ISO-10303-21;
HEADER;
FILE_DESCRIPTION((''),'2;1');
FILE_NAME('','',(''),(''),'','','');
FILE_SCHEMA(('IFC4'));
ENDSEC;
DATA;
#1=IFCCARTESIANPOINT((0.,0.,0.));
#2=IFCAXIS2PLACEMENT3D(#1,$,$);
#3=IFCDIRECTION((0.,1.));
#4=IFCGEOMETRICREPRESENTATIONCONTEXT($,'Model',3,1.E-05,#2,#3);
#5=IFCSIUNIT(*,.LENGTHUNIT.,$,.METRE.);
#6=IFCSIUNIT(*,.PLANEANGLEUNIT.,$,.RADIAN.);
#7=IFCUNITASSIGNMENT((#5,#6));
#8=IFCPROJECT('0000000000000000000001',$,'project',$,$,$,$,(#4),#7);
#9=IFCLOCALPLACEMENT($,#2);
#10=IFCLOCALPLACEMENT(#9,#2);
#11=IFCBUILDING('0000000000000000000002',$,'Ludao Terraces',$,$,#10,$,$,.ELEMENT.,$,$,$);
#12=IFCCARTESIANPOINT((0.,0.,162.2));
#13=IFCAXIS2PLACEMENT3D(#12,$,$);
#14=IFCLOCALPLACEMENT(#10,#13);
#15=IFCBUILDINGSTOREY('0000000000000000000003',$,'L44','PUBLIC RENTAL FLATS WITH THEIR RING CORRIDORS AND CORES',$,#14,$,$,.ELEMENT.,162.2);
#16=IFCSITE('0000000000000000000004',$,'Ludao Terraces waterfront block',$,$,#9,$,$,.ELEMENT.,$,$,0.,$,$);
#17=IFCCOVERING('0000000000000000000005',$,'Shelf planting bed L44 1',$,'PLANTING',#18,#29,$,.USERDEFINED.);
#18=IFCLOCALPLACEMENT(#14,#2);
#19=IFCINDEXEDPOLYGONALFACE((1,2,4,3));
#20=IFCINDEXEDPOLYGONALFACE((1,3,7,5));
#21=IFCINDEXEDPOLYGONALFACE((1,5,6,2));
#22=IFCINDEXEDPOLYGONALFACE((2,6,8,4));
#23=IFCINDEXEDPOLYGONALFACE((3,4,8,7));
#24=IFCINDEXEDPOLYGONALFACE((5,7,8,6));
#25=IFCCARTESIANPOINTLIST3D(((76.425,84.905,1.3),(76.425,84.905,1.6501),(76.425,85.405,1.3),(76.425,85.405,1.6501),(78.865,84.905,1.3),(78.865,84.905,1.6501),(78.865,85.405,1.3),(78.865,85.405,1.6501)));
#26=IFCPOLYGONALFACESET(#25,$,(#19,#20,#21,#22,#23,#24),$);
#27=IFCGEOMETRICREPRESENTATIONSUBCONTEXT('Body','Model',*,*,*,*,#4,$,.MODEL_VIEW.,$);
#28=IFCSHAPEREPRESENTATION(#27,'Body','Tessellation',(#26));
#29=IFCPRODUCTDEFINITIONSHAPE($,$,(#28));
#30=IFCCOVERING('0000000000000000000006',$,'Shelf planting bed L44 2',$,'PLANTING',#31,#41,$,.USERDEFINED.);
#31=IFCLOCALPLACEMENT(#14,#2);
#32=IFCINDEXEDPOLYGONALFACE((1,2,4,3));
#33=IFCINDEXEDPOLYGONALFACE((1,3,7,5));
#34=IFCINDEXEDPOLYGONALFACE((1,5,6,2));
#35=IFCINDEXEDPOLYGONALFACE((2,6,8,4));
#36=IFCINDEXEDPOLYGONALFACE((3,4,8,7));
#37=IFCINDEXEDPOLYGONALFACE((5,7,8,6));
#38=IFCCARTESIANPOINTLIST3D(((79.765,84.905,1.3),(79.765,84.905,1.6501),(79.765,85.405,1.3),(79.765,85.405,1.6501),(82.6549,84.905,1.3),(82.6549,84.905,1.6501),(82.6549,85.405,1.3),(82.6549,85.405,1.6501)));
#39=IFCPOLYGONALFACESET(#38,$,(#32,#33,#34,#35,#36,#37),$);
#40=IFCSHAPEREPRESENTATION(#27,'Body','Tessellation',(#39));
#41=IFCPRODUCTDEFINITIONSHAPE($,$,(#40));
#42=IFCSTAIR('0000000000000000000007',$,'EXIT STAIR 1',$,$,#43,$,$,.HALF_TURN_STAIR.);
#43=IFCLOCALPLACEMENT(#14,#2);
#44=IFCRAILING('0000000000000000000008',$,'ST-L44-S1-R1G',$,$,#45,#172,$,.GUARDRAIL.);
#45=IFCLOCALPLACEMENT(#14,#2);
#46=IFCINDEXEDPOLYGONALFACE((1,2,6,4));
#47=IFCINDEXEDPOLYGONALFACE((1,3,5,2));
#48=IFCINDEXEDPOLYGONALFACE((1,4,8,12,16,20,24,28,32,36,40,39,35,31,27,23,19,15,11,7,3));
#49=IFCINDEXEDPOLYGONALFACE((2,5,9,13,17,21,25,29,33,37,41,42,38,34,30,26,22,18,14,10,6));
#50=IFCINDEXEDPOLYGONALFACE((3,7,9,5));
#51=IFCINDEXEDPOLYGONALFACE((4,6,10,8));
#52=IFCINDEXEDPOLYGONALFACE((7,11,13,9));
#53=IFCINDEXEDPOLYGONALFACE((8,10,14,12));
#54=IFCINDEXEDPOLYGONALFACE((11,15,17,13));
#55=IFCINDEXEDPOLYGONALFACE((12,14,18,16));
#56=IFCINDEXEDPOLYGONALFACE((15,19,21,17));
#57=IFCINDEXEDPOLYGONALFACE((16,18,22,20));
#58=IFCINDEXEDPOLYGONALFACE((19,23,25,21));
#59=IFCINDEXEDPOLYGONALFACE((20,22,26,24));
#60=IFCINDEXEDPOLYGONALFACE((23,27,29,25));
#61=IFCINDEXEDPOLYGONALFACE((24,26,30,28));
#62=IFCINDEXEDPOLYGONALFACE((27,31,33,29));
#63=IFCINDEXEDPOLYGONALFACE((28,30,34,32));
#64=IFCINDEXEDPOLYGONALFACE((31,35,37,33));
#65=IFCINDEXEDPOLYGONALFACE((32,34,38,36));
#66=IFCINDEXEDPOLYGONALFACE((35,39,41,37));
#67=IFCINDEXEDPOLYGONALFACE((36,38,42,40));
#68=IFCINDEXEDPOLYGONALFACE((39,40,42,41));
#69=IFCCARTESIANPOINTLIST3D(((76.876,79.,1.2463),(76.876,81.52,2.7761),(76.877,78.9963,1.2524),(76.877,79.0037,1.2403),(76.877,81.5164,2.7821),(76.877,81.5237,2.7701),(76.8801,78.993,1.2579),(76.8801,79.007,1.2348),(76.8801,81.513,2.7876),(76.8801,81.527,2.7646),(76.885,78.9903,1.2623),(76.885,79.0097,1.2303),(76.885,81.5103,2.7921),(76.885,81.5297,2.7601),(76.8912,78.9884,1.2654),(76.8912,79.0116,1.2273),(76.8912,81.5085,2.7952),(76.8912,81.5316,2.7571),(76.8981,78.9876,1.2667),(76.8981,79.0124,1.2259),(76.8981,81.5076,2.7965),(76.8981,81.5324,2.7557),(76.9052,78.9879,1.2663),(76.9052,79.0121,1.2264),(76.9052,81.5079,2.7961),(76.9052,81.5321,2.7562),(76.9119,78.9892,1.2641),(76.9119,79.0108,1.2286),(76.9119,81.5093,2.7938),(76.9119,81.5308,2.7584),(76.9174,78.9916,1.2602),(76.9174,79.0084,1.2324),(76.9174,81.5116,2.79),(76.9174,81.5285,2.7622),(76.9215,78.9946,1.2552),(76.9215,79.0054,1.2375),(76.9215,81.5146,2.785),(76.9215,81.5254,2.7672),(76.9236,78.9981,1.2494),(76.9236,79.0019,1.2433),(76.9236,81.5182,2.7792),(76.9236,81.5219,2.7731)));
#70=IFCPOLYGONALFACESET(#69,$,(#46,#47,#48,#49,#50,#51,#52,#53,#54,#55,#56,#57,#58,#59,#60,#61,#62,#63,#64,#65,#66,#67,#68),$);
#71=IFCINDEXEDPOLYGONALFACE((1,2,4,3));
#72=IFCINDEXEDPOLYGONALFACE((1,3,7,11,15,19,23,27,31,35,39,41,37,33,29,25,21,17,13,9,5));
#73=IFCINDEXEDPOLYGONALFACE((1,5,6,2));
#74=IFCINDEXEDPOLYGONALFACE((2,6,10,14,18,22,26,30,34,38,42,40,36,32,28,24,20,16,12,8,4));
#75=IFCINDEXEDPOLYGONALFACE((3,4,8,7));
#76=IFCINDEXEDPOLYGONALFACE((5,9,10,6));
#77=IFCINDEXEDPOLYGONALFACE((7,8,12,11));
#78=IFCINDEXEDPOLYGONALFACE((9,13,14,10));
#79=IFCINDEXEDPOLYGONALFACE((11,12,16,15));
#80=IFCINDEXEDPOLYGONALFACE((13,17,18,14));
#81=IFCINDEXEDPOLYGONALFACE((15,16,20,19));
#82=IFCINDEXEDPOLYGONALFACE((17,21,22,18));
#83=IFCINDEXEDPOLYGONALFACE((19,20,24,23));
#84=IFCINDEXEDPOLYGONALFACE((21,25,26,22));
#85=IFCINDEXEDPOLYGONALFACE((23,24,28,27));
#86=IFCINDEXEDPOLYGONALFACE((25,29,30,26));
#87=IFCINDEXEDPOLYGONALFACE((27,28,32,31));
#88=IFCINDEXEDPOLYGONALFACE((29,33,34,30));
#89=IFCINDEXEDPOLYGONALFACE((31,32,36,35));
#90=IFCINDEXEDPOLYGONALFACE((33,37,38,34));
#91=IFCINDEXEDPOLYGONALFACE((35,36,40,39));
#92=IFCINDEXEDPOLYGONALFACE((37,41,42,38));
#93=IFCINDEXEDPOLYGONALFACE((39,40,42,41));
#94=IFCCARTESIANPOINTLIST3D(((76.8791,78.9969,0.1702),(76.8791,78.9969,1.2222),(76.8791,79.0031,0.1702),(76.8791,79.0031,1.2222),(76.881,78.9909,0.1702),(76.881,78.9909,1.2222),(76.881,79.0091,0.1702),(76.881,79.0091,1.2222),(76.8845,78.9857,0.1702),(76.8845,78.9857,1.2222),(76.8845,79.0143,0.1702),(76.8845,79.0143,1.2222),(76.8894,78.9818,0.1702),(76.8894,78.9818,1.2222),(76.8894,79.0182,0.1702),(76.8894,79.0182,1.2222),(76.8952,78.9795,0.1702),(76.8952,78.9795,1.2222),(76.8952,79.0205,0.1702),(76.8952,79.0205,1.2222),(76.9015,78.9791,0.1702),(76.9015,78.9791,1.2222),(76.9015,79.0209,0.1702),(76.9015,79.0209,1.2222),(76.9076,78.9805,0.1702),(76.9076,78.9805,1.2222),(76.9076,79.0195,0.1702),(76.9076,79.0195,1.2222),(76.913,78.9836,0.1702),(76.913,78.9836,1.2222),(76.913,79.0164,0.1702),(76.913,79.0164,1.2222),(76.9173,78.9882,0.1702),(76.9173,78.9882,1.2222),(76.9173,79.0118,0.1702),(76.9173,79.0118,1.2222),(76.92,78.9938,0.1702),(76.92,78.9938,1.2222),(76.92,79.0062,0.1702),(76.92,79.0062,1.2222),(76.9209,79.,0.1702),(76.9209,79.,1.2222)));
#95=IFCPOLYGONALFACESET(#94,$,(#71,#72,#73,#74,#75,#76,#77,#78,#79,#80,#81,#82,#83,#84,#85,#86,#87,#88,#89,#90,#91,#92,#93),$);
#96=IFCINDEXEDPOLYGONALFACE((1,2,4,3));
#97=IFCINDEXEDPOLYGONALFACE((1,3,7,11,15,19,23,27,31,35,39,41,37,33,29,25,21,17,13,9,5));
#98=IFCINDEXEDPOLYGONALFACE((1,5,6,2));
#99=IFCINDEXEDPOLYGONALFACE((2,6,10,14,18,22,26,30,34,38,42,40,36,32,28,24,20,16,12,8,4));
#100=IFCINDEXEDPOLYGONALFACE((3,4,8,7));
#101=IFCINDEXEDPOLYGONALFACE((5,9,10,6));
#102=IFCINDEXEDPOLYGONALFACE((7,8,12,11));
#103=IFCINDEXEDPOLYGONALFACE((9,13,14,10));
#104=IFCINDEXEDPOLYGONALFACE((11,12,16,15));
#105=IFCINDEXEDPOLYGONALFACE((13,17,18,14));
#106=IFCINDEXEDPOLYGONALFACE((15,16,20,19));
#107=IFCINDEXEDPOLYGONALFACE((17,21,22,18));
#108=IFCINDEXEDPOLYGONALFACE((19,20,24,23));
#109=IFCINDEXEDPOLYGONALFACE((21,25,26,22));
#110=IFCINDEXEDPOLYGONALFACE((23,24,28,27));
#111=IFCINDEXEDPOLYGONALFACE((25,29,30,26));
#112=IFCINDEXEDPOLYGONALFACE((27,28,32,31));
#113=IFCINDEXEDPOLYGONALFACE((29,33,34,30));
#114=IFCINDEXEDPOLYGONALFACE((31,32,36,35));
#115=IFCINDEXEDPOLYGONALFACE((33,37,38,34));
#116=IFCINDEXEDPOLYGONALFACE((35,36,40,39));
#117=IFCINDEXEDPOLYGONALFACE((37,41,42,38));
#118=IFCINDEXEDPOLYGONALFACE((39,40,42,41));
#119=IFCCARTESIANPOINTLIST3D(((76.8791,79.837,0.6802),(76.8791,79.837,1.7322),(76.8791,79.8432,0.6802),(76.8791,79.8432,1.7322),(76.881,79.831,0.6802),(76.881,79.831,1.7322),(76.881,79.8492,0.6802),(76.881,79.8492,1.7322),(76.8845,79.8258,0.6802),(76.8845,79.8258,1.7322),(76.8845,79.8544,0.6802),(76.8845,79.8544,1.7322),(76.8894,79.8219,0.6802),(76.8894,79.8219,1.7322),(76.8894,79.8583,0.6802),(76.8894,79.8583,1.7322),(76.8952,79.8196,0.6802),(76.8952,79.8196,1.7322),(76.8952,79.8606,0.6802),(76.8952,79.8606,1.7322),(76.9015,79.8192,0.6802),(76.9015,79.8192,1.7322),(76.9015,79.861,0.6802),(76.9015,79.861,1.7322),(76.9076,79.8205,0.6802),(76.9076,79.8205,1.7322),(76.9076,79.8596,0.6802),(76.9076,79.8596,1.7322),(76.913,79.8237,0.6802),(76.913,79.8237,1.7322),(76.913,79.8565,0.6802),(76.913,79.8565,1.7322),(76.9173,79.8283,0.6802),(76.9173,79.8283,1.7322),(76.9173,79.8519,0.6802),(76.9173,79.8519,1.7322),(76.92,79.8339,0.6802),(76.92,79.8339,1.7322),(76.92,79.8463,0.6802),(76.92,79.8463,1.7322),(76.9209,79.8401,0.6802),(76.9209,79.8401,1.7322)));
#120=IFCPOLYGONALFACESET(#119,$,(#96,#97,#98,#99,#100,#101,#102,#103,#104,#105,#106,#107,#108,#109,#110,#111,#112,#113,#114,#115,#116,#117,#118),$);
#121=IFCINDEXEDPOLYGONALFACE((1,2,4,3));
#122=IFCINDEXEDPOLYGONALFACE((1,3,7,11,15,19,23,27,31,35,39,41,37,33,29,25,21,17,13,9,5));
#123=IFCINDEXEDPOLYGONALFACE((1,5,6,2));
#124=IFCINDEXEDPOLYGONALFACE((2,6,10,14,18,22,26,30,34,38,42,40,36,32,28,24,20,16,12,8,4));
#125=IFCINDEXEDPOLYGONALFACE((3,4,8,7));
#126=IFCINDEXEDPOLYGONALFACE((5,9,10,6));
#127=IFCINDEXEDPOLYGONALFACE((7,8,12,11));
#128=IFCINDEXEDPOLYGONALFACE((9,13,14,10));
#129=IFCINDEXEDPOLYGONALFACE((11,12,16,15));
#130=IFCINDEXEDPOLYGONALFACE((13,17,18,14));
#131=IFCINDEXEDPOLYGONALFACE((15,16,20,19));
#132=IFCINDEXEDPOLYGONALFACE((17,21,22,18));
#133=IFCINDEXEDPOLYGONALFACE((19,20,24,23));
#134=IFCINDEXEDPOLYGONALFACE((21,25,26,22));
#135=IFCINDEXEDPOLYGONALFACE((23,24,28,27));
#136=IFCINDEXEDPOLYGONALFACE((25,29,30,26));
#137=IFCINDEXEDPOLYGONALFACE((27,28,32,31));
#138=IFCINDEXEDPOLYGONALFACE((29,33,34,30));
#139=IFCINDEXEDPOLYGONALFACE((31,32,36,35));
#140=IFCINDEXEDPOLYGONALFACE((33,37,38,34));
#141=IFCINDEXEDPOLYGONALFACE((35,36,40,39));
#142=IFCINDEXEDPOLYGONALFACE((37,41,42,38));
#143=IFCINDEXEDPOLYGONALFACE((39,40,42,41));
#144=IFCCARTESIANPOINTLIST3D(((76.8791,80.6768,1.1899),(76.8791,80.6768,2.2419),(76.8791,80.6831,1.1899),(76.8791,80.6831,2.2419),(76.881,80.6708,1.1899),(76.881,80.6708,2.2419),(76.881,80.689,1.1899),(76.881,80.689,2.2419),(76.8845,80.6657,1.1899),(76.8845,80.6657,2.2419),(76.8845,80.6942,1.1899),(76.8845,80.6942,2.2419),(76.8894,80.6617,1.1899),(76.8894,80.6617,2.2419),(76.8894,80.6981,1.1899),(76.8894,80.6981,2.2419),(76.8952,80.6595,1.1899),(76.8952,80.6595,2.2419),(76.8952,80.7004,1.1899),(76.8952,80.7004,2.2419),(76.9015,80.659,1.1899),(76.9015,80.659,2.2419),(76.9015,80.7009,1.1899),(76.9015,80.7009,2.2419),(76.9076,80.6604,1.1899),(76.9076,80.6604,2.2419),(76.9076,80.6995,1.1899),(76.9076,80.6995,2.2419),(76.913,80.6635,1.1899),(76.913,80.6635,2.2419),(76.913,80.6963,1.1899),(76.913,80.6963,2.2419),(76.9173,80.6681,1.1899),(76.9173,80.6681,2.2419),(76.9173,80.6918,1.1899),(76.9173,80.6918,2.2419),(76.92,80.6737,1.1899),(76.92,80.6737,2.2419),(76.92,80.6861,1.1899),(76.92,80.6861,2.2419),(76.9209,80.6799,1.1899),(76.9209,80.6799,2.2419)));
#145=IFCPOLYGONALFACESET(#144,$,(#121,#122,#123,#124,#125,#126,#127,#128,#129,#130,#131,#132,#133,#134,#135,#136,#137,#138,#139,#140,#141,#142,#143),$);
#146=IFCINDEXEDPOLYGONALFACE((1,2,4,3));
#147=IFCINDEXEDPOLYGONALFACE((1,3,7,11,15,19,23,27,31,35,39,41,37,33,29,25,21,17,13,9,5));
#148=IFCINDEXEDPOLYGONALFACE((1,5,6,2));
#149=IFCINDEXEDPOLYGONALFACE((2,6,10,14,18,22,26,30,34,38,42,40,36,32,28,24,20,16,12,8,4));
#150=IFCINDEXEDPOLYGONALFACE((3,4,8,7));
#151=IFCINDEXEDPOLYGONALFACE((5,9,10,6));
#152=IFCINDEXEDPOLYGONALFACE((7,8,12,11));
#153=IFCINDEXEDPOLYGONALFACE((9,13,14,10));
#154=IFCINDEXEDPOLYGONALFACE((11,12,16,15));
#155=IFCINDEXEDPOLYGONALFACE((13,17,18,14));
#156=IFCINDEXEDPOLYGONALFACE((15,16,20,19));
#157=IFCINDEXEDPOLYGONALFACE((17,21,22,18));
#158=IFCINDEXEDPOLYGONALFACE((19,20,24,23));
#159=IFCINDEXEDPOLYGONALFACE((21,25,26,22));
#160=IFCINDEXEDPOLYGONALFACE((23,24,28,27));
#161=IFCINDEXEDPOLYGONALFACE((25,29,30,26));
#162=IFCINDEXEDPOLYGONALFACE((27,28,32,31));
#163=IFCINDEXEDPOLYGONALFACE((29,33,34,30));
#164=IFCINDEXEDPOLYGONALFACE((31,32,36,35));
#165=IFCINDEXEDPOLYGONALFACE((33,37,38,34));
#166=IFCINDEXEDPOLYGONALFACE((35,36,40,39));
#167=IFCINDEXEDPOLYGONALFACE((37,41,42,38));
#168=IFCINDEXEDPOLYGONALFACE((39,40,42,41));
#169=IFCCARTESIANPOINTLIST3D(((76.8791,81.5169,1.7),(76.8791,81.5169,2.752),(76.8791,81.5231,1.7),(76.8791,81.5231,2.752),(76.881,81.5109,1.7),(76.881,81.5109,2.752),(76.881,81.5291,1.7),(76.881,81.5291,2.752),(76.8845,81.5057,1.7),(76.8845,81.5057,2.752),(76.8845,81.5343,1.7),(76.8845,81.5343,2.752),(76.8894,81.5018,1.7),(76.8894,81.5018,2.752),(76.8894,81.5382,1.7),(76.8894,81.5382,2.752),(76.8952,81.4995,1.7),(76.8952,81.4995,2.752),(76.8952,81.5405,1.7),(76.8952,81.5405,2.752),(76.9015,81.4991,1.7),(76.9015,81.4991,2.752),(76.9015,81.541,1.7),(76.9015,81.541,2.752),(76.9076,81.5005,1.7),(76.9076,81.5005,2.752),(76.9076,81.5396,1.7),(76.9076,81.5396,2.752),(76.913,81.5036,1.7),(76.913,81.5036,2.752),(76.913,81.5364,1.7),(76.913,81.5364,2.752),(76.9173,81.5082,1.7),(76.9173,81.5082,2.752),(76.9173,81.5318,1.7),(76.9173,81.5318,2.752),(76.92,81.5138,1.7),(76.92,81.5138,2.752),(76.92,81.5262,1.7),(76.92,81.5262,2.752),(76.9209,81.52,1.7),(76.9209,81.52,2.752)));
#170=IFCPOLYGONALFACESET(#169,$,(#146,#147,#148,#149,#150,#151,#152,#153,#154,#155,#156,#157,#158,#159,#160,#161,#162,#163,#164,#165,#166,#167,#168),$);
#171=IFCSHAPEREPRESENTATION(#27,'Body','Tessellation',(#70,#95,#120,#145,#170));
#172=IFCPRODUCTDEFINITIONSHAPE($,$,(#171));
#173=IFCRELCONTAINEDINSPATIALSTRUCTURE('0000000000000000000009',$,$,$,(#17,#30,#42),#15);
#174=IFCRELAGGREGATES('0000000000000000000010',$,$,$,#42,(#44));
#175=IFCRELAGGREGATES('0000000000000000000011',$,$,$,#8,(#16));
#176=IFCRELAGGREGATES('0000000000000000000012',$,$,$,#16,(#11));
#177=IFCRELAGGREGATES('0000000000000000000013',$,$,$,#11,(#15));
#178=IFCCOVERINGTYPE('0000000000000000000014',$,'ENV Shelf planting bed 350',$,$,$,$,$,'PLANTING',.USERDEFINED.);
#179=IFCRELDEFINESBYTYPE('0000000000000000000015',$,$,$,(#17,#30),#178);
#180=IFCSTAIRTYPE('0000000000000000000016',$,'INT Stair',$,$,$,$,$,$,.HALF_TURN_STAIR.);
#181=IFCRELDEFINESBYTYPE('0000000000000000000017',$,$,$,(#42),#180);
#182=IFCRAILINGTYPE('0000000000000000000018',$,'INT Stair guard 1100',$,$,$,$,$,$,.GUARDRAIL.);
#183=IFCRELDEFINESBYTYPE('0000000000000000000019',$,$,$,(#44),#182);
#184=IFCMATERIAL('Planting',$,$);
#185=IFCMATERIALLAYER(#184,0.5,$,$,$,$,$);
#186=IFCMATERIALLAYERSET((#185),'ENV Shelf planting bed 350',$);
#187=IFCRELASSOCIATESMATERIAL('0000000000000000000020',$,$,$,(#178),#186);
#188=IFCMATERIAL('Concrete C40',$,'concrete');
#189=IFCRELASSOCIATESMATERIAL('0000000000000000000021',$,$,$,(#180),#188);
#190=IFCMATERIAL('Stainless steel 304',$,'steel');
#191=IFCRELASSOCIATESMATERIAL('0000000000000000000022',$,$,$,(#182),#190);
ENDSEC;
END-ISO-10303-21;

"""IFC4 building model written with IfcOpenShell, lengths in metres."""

from ifc_helpers import new_model, si_unit, direction, frame, origin, origin_2d, place, context, subcontext, project, spatial, rectangle, circle, extrude, material, layer, layer_set, type_object, element, aggregate, save


model = new_model("IFC4")

# Units and contexts
model_context = context("Model", 3, precision=1e-05, world=origin(), true_north=direction((0.0, 1.0)))
body_context = subcontext(model_context, "Body", "Model", "MODEL_VIEW")
ifc_project = project(units=[si_unit("LENGTHUNIT", "METRE"), si_unit("PLANEANGLEUNIT", "RADIAN")], contexts=[model_context])

# Site, building, storey
site_placement = place(None, origin())
site = spatial("IfcSite", under=ifc_project, at=site_placement, Name="Ludao Terraces waterfront block", CompositionType="ELEMENT", RefElevation=0.0)
building_placement = place(site_placement, origin())
building = spatial("IfcBuilding", under=site, at=building_placement, Name="Ludao Terraces", CompositionType="ELEMENT")
storey_placement = place(building_placement, frame((0.0, 0.0, 162.2)))
storey = spatial("IfcBuildingStorey", under=building, at=storey_placement, Name="L44", Description="PUBLIC RENTAL FLATS WITH THEIR RING CORRIDORS AND CORES", CompositionType="ELEMENT", Elevation=162.2)

# Shared definitions
ifc_material_1 = material(Name="Stainless steel 304", Category="steel")

# Coverings
ifc_material_2 = material(Name="Planting")
ifc_layer_1 = layer(ifc_material_2, 0.5)
ifc_layer_set_1 = layer_set([ifc_layer_1], Name="ENV Shelf planting bed 350")
covering_type_1 = type_object("IfcCoveringType", Name="ENV Shelf planting bed 350", ElementType="PLANTING", PredefinedType="USERDEFINED", material=ifc_layer_set_1)
covering_1_placement = place(storey_placement, frame((77.645, 85.155, 1.3), z_axis=(0.0, 0.0, 1.0), x_axis=(1.0, 0.0, 0.0)))
element("IfcCovering", 1, at=covering_1_placement, inside=storey, type_object=covering_type_1, Name="Shelf planting bed L44 1", ObjectType="PLANTING", PredefinedType="USERDEFINED", context=body_context, shape_type="SweptSolid", body=[
    extrude(rectangle(XDim=2.4399, YDim=0.5, at=origin_2d()), origin(), (0.0, 0.0, 1.0), 0.3501),
])
covering_2_placement = place(storey_placement, frame((81.21, 85.155, 1.3), z_axis=(0.0, 0.0, 1.0), x_axis=(1.0, 0.0, 0.0)))
element("IfcCovering", 2, at=covering_2_placement, inside=storey, type_object=covering_type_1, Name="Shelf planting bed L44 2", ObjectType="PLANTING", PredefinedType="USERDEFINED", context=body_context, shape_type="SweptSolid", body=[
    extrude(rectangle(XDim=2.8899, YDim=0.5, at=origin_2d()), origin(), (0.0, 0.0, 1.0), 0.3501),
])

# Stair, railing
ifc_material_3 = material(Name="Concrete C40", Category="concrete")
stair_type = type_object("IfcStairType", Name="INT Stair", PredefinedType="HALF_TURN_STAIR", material=ifc_material_3)
stair_placement = place(storey_placement, origin())
stair = element("IfcStair", 3, at=stair_placement, inside=storey, type_object=stair_type, Name="EXIT STAIR 1", PredefinedType="HALF_TURN_STAIR")
railing_type_1 = type_object("IfcRailingType", Name="INT Stair guard 1100", PredefinedType="GUARDRAIL", material=ifc_material_1)
railing_1_placement = place(storey_placement, frame((76.8999, 79.0, 0.1702)))
railing_1 = element("IfcRailing", 4, at=railing_1_placement, type_object=railing_type_1, Name="ST-L44-S1-R1G", PredefinedType="GUARDRAIL", context=body_context, shape_type="SweptSolid", body=[
    extrude(circle(Radius=0.0239, at=origin_2d()), frame((0.0, 0.0, 1.0762), z_axis=(0.0, 0.854822, 0.518922), x_axis=(-1.0, 0.0, 0.0)), (0.0, 0.0, 1.0), 2.948),
    extrude(circle(Radius=0.021, at=origin_2d()), origin(), (0.0, 0.0, 1.0), 1.052),
    extrude(circle(Radius=0.021, at=origin_2d()), frame((0.0, 0.8401, 0.51)), (0.0, 0.0, 1.0), 1.052),
    extrude(circle(Radius=0.021, at=origin_2d()), frame((0.0, 1.6799, 1.0198)), (0.0, 0.0, 1.0), 1.052),
    extrude(circle(Radius=0.021, at=origin_2d()), frame((0.0, 2.52, 1.5298)), (0.0, 0.0, 1.0), 1.052),
])
aggregate(stair, [railing_1])

save(model, "model.ifc")
